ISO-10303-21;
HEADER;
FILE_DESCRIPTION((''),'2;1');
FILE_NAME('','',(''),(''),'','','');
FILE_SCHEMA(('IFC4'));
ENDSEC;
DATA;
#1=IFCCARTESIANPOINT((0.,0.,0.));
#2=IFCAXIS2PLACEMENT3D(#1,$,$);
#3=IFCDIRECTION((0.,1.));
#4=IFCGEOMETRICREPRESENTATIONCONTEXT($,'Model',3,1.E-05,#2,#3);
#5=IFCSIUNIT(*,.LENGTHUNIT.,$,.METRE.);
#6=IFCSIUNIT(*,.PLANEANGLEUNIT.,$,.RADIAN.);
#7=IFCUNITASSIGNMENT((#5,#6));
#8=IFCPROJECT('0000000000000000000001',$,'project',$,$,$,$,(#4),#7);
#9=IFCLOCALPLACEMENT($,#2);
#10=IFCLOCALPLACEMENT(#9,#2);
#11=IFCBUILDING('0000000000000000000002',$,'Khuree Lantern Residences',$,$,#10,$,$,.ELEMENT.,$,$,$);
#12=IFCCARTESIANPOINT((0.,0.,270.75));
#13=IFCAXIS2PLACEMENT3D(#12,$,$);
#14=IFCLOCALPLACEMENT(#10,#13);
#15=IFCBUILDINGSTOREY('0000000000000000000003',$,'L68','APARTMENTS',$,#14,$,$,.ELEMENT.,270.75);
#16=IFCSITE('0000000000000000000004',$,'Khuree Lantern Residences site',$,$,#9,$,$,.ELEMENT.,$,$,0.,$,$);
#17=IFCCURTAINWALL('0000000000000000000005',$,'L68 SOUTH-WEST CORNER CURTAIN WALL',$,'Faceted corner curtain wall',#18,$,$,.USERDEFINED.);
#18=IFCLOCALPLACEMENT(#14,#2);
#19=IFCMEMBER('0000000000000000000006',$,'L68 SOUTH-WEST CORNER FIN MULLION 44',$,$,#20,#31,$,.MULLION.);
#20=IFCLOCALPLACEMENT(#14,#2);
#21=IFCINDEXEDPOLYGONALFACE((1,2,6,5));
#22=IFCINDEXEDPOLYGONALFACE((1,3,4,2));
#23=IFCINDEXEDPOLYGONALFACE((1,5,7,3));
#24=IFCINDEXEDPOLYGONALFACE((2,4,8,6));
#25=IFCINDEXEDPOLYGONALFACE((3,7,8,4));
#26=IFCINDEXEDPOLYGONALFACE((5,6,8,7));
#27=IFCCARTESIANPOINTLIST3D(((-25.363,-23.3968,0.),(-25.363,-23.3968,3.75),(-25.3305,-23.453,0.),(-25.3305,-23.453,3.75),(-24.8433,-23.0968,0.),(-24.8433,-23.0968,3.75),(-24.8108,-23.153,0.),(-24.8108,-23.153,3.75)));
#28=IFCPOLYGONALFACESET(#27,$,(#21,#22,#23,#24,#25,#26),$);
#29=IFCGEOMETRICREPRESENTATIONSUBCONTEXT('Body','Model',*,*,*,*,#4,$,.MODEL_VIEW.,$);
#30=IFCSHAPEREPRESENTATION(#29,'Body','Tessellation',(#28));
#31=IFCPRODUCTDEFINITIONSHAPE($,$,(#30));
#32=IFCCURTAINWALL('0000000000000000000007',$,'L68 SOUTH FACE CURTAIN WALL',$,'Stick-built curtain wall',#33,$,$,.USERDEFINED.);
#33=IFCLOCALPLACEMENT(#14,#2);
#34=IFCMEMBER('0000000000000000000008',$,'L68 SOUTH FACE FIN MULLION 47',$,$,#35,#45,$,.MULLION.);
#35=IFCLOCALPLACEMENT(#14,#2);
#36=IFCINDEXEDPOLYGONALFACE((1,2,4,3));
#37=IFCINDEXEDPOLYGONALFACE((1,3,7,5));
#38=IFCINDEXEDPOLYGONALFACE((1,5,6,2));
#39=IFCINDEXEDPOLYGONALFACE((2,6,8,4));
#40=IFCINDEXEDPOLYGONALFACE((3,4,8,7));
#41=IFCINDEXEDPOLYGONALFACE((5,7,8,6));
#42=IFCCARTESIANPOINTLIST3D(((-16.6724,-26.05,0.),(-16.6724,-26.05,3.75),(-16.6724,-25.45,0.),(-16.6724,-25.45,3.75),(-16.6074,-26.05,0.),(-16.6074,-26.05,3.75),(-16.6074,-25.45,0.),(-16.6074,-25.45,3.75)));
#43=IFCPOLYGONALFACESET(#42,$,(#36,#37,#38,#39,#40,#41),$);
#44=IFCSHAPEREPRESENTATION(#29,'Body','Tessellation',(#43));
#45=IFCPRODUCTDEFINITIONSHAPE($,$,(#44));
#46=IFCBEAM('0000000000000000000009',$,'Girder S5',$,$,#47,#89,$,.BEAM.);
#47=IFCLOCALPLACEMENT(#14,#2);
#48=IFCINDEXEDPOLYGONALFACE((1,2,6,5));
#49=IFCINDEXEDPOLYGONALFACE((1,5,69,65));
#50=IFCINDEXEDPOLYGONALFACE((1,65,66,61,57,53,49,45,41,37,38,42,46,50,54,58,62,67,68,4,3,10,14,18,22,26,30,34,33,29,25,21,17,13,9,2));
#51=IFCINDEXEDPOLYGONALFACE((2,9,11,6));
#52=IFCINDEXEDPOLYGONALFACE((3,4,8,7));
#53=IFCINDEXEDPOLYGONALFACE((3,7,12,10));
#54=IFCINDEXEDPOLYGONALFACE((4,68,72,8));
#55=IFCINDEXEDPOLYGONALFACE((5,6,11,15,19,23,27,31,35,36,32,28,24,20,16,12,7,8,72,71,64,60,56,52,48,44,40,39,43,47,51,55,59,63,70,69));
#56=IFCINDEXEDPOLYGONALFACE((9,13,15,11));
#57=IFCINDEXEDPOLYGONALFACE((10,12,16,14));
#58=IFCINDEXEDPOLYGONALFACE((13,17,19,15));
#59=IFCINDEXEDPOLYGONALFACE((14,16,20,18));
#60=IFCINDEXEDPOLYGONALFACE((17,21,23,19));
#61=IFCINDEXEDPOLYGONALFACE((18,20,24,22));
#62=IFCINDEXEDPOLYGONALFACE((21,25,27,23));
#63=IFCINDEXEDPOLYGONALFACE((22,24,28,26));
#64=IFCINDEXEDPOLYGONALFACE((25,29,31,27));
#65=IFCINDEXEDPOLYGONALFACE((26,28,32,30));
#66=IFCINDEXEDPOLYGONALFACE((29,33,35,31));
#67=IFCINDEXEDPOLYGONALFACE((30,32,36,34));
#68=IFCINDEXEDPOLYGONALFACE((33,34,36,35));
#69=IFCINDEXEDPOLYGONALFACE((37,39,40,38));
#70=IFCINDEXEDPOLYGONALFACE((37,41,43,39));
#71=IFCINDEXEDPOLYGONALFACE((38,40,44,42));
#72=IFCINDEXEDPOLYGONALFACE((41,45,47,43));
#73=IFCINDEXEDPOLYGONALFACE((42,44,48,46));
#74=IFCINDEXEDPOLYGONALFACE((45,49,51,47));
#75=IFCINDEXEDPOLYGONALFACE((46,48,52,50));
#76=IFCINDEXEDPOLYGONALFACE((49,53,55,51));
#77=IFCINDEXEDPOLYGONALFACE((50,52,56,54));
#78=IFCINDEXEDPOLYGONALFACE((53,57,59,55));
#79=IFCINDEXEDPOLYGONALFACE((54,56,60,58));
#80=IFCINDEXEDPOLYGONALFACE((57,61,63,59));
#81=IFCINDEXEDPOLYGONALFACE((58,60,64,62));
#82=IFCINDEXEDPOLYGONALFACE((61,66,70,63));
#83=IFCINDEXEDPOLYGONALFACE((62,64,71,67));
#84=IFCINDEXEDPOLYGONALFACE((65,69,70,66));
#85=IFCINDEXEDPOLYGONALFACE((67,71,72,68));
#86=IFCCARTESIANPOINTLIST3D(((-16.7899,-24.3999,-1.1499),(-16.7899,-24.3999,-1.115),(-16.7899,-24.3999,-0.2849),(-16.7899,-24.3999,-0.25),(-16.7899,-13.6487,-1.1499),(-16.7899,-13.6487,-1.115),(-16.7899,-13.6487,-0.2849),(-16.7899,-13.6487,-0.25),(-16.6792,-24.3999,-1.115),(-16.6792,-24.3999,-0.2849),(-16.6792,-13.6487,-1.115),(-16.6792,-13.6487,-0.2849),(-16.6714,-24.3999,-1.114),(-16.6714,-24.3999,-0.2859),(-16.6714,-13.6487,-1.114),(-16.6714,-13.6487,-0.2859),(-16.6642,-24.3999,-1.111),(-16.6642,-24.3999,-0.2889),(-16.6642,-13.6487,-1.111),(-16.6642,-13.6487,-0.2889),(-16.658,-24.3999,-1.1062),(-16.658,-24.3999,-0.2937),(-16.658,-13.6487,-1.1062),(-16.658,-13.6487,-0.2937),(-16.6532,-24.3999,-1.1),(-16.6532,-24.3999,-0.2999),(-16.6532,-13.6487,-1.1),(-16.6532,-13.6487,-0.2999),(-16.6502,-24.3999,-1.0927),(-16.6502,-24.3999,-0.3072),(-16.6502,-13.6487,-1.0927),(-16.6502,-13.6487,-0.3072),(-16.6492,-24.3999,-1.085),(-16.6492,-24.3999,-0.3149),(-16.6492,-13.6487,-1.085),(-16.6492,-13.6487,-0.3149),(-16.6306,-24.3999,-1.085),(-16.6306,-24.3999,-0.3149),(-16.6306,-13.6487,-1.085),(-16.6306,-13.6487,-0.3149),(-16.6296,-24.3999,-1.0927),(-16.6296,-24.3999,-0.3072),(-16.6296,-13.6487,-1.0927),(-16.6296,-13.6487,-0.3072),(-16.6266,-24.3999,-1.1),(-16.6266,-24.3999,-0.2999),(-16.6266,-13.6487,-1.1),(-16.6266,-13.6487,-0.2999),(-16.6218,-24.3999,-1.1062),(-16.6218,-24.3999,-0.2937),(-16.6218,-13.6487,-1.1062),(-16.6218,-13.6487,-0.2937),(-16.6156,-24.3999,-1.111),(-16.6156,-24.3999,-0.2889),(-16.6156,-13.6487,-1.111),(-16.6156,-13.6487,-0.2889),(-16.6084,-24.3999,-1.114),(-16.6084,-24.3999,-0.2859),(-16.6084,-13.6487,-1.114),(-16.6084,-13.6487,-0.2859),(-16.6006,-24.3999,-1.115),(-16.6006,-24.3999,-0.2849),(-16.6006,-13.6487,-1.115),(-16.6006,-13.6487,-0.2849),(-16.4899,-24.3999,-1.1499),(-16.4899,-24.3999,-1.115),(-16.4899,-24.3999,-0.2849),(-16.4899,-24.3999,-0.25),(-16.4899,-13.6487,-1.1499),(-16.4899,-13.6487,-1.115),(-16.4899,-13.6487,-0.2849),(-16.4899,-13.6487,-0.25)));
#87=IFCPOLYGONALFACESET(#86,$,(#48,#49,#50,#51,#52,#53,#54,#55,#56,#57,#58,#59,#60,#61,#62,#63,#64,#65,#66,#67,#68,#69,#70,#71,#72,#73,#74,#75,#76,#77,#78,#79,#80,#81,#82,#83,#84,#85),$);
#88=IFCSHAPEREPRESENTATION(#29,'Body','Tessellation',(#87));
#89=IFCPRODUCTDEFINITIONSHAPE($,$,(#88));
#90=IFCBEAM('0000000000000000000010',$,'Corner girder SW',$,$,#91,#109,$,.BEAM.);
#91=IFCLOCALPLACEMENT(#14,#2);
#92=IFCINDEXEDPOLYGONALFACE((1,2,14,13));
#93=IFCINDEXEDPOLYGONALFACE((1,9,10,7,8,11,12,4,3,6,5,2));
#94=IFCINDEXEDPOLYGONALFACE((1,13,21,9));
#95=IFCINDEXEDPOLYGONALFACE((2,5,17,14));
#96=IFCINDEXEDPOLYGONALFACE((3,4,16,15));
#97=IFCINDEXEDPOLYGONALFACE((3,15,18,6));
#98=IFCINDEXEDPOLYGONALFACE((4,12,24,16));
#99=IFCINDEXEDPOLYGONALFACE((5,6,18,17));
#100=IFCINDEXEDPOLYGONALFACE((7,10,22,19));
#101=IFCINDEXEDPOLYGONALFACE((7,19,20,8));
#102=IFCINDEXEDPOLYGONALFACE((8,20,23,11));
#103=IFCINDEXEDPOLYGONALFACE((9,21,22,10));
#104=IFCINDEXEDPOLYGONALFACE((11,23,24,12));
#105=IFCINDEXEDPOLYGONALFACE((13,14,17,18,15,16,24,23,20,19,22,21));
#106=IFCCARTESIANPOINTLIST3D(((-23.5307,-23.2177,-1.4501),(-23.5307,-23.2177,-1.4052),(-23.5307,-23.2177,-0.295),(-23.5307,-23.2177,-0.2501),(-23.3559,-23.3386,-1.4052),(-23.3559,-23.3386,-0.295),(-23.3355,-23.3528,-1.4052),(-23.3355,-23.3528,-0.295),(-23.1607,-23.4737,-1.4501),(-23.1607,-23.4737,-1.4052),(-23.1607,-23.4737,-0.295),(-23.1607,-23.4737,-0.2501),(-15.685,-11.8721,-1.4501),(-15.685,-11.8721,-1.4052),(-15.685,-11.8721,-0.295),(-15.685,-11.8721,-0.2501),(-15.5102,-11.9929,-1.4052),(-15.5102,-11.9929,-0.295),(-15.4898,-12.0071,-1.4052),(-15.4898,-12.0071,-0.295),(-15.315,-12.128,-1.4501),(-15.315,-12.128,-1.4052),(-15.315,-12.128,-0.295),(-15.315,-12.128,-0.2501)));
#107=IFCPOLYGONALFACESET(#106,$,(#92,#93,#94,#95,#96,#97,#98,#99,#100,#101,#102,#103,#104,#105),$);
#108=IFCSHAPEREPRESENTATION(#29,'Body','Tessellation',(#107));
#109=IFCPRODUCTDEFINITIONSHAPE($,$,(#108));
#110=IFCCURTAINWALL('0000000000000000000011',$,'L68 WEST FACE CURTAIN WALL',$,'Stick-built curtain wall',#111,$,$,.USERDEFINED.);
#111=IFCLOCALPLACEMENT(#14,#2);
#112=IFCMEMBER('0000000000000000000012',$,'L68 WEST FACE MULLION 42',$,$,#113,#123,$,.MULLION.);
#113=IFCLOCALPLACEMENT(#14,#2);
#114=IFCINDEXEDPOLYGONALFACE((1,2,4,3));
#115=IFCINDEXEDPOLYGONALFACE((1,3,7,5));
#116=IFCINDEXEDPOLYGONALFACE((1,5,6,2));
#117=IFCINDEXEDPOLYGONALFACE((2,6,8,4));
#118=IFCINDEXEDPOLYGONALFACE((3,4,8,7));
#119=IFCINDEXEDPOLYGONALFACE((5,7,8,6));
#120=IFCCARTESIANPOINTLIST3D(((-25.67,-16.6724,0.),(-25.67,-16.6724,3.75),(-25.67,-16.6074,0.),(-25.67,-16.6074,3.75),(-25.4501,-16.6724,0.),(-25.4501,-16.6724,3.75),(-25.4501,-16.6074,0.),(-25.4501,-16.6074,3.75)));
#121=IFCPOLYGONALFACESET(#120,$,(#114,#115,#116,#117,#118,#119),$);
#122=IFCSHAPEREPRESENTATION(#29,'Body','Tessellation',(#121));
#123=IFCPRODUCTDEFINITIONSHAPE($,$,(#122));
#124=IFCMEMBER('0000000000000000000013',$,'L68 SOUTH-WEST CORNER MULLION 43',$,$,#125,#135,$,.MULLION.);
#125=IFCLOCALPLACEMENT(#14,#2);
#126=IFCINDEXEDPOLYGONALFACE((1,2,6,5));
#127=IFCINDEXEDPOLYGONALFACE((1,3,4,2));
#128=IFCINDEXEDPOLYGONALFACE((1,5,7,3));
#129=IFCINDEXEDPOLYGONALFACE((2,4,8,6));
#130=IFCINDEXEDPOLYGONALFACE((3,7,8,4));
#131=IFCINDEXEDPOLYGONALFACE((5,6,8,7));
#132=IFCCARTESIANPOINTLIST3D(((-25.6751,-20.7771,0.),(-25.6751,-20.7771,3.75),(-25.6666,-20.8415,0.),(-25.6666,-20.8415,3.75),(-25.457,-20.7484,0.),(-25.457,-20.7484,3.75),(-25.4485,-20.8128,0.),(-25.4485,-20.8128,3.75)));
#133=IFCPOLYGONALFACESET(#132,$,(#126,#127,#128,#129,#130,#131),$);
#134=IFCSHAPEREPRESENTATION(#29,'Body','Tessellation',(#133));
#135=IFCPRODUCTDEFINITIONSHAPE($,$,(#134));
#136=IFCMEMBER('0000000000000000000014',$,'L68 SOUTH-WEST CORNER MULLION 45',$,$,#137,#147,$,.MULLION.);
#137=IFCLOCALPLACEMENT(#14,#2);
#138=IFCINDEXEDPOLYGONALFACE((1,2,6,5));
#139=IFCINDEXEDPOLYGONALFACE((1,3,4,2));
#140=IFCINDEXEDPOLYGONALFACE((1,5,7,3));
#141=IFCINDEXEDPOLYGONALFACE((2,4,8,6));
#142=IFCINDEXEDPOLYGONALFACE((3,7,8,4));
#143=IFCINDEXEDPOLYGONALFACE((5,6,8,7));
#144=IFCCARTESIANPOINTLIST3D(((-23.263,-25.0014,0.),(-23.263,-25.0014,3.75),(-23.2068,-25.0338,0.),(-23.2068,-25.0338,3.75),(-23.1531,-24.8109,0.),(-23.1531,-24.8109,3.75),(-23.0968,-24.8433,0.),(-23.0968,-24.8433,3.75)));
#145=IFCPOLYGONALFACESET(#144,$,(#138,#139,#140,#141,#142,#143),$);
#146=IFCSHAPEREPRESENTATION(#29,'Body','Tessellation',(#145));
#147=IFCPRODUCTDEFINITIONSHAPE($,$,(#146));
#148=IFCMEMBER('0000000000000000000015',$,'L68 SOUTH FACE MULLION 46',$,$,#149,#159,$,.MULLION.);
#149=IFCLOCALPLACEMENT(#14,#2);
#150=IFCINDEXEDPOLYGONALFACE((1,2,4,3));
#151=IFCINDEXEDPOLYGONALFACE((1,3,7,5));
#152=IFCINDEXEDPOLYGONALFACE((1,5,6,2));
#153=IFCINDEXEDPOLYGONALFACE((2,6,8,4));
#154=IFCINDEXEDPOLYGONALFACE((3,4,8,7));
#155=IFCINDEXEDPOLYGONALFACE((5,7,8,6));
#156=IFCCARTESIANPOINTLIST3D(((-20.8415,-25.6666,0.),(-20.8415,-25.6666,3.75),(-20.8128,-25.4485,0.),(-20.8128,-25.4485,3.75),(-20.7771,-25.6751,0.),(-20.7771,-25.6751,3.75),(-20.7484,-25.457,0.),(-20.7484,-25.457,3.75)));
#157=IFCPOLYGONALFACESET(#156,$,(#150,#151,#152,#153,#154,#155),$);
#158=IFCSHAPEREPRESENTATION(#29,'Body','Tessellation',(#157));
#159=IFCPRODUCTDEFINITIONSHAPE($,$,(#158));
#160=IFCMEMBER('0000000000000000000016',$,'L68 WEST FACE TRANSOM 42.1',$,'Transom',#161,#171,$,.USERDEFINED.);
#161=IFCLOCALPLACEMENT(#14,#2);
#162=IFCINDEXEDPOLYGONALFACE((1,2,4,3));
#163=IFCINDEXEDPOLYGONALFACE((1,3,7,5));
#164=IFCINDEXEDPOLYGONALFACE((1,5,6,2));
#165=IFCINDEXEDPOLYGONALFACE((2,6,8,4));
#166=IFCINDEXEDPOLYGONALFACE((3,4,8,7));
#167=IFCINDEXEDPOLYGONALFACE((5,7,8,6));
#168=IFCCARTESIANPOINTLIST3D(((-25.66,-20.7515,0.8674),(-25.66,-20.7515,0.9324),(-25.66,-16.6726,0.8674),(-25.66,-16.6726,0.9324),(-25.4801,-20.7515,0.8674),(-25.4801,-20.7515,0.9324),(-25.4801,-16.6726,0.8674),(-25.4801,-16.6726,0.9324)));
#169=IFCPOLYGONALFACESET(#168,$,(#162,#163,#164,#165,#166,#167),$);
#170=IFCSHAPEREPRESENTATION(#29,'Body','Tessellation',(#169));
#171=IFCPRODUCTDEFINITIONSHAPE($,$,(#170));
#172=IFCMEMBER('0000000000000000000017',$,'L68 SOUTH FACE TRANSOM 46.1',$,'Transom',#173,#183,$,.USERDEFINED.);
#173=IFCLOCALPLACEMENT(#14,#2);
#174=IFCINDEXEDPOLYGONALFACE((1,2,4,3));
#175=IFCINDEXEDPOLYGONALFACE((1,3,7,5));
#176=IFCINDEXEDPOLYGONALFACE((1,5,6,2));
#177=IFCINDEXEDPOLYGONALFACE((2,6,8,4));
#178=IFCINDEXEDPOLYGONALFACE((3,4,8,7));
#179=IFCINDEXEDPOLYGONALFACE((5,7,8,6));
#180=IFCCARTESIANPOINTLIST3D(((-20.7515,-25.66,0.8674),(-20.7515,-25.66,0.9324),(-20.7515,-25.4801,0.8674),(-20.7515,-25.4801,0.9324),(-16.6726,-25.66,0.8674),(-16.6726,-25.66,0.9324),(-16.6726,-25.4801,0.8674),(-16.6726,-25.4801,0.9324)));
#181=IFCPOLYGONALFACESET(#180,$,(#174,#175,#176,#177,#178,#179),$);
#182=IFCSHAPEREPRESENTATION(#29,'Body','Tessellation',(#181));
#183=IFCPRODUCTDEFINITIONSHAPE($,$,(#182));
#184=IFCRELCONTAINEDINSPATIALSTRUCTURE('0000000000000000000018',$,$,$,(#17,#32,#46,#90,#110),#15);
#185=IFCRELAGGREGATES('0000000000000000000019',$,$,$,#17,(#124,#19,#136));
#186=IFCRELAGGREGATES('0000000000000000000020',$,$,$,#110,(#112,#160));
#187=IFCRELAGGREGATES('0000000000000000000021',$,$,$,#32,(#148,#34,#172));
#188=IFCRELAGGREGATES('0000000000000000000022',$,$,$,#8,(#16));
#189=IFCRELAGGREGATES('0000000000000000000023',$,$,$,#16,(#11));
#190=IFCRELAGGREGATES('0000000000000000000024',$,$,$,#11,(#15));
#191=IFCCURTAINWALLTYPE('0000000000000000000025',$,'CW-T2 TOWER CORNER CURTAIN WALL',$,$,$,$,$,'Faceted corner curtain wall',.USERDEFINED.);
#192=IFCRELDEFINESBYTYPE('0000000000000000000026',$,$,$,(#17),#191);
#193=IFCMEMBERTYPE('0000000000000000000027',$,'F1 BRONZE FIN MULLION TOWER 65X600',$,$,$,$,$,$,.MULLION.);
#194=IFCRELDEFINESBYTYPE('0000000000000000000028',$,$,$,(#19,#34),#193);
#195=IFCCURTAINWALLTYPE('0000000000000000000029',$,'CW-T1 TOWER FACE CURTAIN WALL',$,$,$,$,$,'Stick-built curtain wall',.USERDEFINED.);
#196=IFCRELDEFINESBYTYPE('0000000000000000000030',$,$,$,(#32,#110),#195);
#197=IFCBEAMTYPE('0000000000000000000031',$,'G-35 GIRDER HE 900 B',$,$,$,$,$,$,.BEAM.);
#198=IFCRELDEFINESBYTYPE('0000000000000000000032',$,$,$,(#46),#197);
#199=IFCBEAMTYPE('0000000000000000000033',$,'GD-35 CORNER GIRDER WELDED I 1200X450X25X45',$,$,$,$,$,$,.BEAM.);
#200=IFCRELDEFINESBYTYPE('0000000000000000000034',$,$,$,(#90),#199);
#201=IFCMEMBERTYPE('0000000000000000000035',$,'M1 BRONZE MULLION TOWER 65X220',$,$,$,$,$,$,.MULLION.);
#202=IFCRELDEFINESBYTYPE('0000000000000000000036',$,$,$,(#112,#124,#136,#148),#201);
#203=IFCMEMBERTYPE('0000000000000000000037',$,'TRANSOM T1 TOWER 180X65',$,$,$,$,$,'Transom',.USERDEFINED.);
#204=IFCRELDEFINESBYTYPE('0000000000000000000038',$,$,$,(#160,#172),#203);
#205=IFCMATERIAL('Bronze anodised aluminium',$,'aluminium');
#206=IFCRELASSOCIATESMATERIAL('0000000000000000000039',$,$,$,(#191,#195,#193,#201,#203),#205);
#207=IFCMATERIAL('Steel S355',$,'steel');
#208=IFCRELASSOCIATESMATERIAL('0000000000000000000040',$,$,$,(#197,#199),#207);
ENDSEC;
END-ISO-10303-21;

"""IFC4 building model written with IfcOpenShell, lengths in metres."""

from ifc_helpers import new_model, si_unit, direction, frame, origin, origin_2d, place, context, subcontext, project, spatial, rectangle, i_section, extrude, material, material_profile, profile_set, type_object, element, aggregate, save


model = new_model("IFC4")

# Units and contexts
model_context = context("Model", 3, precision=1e-05, world=origin(), true_north=direction((0.0, 1.0)))
body_context = subcontext(model_context, "Body", "Model", "MODEL_VIEW")
ifc_project = project(units=[si_unit("LENGTHUNIT", "METRE"), si_unit("PLANEANGLEUNIT", "RADIAN")], contexts=[model_context])

# Site, building, storey
site_placement = place(None, origin())
site = spatial("IfcSite", under=ifc_project, at=site_placement, Name="Khuree Lantern Residences site", CompositionType="ELEMENT", RefElevation=0.0)
building_placement = place(site_placement, origin())
building = spatial("IfcBuilding", under=site, at=building_placement, Name="Khuree Lantern Residences", CompositionType="ELEMENT")
storey_placement = place(building_placement, frame((0.0, 0.0, 270.75)))
storey = spatial("IfcBuildingStorey", under=building, at=storey_placement, Name="L68", Description="APARTMENTS", CompositionType="ELEMENT", Elevation=270.75)

# Shared definitions
ifc_material_1 = material(Name="Steel S355", Category="steel")

# Curtain walls, members
ifc_material_2 = material(Name="Bronze anodised aluminium", Category="aluminium")
curtain_wall_type_1 = type_object("IfcCurtainWallType", Name="CW-T2 TOWER CORNER CURTAIN WALL", ElementType="Faceted corner curtain wall", PredefinedType="USERDEFINED", material=ifc_material_2)
curtain_wall_1_placement = place(storey_placement, origin())
curtain_wall_1 = element("IfcCurtainWall", 1, at=curtain_wall_1_placement, inside=storey, type_object=curtain_wall_type_1, Name="L68 SOUTH-WEST CORNER CURTAIN WALL", ObjectType="Faceted corner curtain wall", PredefinedType="USERDEFINED")
ifc_material_profile_1 = material_profile(ifc_material_2, rectangle(XDim=0.0649, YDim=0.6001, at=origin_2d()), Name="F1 65X600")
ifc_profile_set_1 = profile_set([ifc_material_profile_1], Name="Bronze anodised aluminium")
member_type_1 = type_object("IfcMemberType", Name="F1 BRONZE FIN MULLION TOWER 65X600", PredefinedType="MULLION", material=ifc_profile_set_1)
member_1_placement = place(storey_placement, frame((-25.0869, -23.2749, 0.0), z_axis=(0.0, 0.0, 1.0), x_axis=(0.5, -0.866025, 0.0)))
member_1 = element("IfcMember", 2, at=member_1_placement, type_object=member_type_1, Name="L68 SOUTH-WEST CORNER FIN MULLION 44", PredefinedType="MULLION", context=body_context, shape_type="SweptSolid", body=[
    extrude(rectangle(XDim=0.0649, YDim=0.6001, at=origin_2d()), origin(), (0.0, 0.0, 1.0), 3.75),
])
curtain_wall_type_2 = type_object("IfcCurtainWallType", Name="CW-T1 TOWER FACE CURTAIN WALL", ElementType="Stick-built curtain wall", PredefinedType="USERDEFINED", material=ifc_material_2)
curtain_wall_2_placement = place(storey_placement, origin())
curtain_wall_2 = element("IfcCurtainWall", 3, at=curtain_wall_2_placement, inside=storey, type_object=curtain_wall_type_2, Name="L68 SOUTH FACE CURTAIN WALL", ObjectType="Stick-built curtain wall", PredefinedType="USERDEFINED")
member_2_placement = place(storey_placement, frame((-16.6399, -25.75, 0.0), z_axis=(0.0, 0.0, 1.0), x_axis=(1.0, 0.0, 0.0)))
member_2 = element("IfcMember", 4, at=member_2_placement, type_object=member_type_1, Name="L68 SOUTH FACE FIN MULLION 47", PredefinedType="MULLION", context=body_context, shape_type="SweptSolid", body=[
    extrude(rectangle(XDim=0.0649, YDim=0.6001, at=origin_2d()), origin(), (0.0, 0.0, 1.0), 3.75),
])

# Beams
ifc_material_profile_2 = material_profile(ifc_material_1, i_section(OverallWidth=0.3, OverallDepth=0.8999, WebThickness=0.0186, FlangeThickness=0.0349, FilletRadius=0.03, at=origin_2d()), Name="HE 900 B")
ifc_profile_set_2 = profile_set([ifc_material_profile_2], Name="Steel S355")
beam_type_1 = type_object("IfcBeamType", Name="G-35 GIRDER HE 900 B", PredefinedType="BEAM", material=ifc_profile_set_2)
beam_1_placement = place(storey_placement, frame((-16.6399, -24.3999, -0.7), z_axis=(0.0, 1.0, 0.0), x_axis=(-1.0, 0.0, 0.0)))
element("IfcBeam", 5, at=beam_1_placement, inside=storey, type_object=beam_type_1, Name="Girder S5", PredefinedType="BEAM", context=body_context, shape_type="SweptSolid", body=[
    extrude(i_section(OverallWidth=0.3, OverallDepth=0.8999, WebThickness=0.0186, FlangeThickness=0.0349, FilletRadius=0.03, at=origin_2d()), origin(), (0.0, 0.0, 1.0), 10.7512),
])
ifc_material_profile_3 = material_profile(ifc_material_1, i_section(OverallWidth=0.45, OverallDepth=1.2, WebThickness=0.0249, FlangeThickness=0.0449, at=origin_2d()), Name="WELDED I 1200X450X25X45")
ifc_profile_set_3 = profile_set([ifc_material_profile_3], Name="Steel S355")
beam_type_2 = type_object("IfcBeamType", Name="GD-35 CORNER GIRDER WELDED I 1200X450X25X45", PredefinedType="BEAM", material=ifc_profile_set_3)
beam_2_placement = place(storey_placement, frame((-23.3457, -23.3457, -0.8501), z_axis=(0.568768, 0.822498, 0.0), x_axis=(-0.822498, 0.568768, 0.0)))
element("IfcBeam", 6, at=beam_2_placement, inside=storey, type_object=beam_type_2, Name="Corner girder SW", PredefinedType="BEAM", context=body_context, shape_type="SweptSolid", body=[
    extrude(i_section(OverallWidth=0.45, OverallDepth=1.2, WebThickness=0.0249, FlangeThickness=0.0449, at=origin_2d()), origin(), (0.0, 0.0, 1.0), 13.7942),
])

# Curtain wall, member
curtain_wall_3_placement = place(storey_placement, origin())
curtain_wall_3 = element("IfcCurtainWall", 7, at=curtain_wall_3_placement, inside=storey, type_object=curtain_wall_type_2, Name="L68 WEST FACE CURTAIN WALL", ObjectType="Stick-built curtain wall", PredefinedType="USERDEFINED")
ifc_material_profile_4 = material_profile(ifc_material_2, rectangle(XDim=0.0649, YDim=0.22, at=origin_2d()), Name="M1 65X220")
ifc_profile_set_4 = profile_set([ifc_material_profile_4], Name="Bronze anodised aluminium")
member_type_2 = type_object("IfcMemberType", Name="M1 BRONZE MULLION TOWER 65X220", PredefinedType="MULLION", material=ifc_profile_set_4)
member_3_placement = place(storey_placement, frame((-25.5601, -16.6399, 0.0), z_axis=(0.0, 0.0, 1.0), x_axis=(0.0, -1.0, 0.0)))
member_3 = element("IfcMember", 8, at=member_3_placement, type_object=member_type_2, Name="L68 WEST FACE MULLION 42", PredefinedType="MULLION", context=body_context, shape_type="SweptSolid", body=[
    extrude(rectangle(XDim=0.0649, YDim=0.22, at=origin_2d()), origin(), (0.0, 0.0, 1.0), 3.75),
])

# Members
member_4_placement = place(storey_placement, frame((-25.5618, -20.7949, 0.0), z_axis=(0.0, 0.0, 1.0), x_axis=(0.130526, -0.991445, 0.0)))
member_4 = element("IfcMember", 9, at=member_4_placement, type_object=member_type_2, Name="L68 SOUTH-WEST CORNER MULLION 43", PredefinedType="MULLION", context=body_context, shape_type="SweptSolid", body=[
    extrude(rectangle(XDim=0.0649, YDim=0.22, at=origin_2d()), origin(), (0.0, 0.0, 1.0), 3.75),
])
member_5_placement = place(storey_placement, frame((-23.1799, -24.9224, 0.0), z_axis=(0.0, 0.0, 1.0), x_axis=(0.866025, -0.5, 0.0)))
member_5 = element("IfcMember", 10, at=member_5_placement, type_object=member_type_2, Name="L68 SOUTH-WEST CORNER MULLION 45", PredefinedType="MULLION", context=body_context, shape_type="SweptSolid", body=[
    extrude(rectangle(XDim=0.0649, YDim=0.22, at=origin_2d()), origin(), (0.0, 0.0, 1.0), 3.75),
])
member_6_placement = place(storey_placement, frame((-20.7949, -25.5618, 0.0), z_axis=(0.0, 0.0, 1.0), x_axis=(0.991445, -0.130526, 0.0)))
member_6 = element("IfcMember", 11, at=member_6_placement, type_object=member_type_2, Name="L68 SOUTH FACE MULLION 46", PredefinedType="MULLION", context=body_context, shape_type="SweptSolid", body=[
    extrude(rectangle(XDim=0.0649, YDim=0.22, at=origin_2d()), origin(), (0.0, 0.0, 1.0), 3.75),
])
ifc_material_profile_5 = material_profile(ifc_material_2, rectangle(XDim=0.1799, YDim=0.0649, at=origin_2d()), Name="T1 180X65")
ifc_profile_set_5 = profile_set([ifc_material_profile_5], Name="Bronze anodised aluminium")
member_type_3 = type_object("IfcMemberType", Name="TRANSOM T1 TOWER 180X65", ElementType="Transom", PredefinedType="USERDEFINED", material=ifc_profile_set_5)
member_7_placement = place(storey_placement, frame((-25.5701, -16.6726, 0.8999), z_axis=(0.0, -1.0, 0.0), x_axis=(1.0, 0.0, 0.0)))
member_7 = element("IfcMember", 12, at=member_7_placement, type_object=member_type_3, Name="L68 WEST FACE TRANSOM 42.1", ObjectType="Transom", PredefinedType="USERDEFINED", context=body_context, shape_type="SweptSolid", body=[
    extrude(rectangle(XDim=0.1799, YDim=0.0649, at=origin_2d()), origin(), (0.0, 0.0, 1.0), 4.0789),
])
member_8_placement = place(storey_placement, frame((-20.7515, -25.5701, 0.8999), z_axis=(1.0, 0.0, 0.0), x_axis=(0.0, 1.0, 0.0)))
member_8 = element("IfcMember", 13, at=member_8_placement, type_object=member_type_3, Name="L68 SOUTH FACE TRANSOM 46.1", ObjectType="Transom", PredefinedType="USERDEFINED", context=body_context, shape_type="SweptSolid", body=[
    extrude(rectangle(XDim=0.1799, YDim=0.0649, at=origin_2d()), origin(), (0.0, 0.0, 1.0), 4.0789),
])

aggregate(curtain_wall_1, [member_4, member_1, member_5])
aggregate(curtain_wall_3, [member_3, member_7])
aggregate(curtain_wall_2, [member_6, member_2, member_8])

save(model, "model.ifc")
